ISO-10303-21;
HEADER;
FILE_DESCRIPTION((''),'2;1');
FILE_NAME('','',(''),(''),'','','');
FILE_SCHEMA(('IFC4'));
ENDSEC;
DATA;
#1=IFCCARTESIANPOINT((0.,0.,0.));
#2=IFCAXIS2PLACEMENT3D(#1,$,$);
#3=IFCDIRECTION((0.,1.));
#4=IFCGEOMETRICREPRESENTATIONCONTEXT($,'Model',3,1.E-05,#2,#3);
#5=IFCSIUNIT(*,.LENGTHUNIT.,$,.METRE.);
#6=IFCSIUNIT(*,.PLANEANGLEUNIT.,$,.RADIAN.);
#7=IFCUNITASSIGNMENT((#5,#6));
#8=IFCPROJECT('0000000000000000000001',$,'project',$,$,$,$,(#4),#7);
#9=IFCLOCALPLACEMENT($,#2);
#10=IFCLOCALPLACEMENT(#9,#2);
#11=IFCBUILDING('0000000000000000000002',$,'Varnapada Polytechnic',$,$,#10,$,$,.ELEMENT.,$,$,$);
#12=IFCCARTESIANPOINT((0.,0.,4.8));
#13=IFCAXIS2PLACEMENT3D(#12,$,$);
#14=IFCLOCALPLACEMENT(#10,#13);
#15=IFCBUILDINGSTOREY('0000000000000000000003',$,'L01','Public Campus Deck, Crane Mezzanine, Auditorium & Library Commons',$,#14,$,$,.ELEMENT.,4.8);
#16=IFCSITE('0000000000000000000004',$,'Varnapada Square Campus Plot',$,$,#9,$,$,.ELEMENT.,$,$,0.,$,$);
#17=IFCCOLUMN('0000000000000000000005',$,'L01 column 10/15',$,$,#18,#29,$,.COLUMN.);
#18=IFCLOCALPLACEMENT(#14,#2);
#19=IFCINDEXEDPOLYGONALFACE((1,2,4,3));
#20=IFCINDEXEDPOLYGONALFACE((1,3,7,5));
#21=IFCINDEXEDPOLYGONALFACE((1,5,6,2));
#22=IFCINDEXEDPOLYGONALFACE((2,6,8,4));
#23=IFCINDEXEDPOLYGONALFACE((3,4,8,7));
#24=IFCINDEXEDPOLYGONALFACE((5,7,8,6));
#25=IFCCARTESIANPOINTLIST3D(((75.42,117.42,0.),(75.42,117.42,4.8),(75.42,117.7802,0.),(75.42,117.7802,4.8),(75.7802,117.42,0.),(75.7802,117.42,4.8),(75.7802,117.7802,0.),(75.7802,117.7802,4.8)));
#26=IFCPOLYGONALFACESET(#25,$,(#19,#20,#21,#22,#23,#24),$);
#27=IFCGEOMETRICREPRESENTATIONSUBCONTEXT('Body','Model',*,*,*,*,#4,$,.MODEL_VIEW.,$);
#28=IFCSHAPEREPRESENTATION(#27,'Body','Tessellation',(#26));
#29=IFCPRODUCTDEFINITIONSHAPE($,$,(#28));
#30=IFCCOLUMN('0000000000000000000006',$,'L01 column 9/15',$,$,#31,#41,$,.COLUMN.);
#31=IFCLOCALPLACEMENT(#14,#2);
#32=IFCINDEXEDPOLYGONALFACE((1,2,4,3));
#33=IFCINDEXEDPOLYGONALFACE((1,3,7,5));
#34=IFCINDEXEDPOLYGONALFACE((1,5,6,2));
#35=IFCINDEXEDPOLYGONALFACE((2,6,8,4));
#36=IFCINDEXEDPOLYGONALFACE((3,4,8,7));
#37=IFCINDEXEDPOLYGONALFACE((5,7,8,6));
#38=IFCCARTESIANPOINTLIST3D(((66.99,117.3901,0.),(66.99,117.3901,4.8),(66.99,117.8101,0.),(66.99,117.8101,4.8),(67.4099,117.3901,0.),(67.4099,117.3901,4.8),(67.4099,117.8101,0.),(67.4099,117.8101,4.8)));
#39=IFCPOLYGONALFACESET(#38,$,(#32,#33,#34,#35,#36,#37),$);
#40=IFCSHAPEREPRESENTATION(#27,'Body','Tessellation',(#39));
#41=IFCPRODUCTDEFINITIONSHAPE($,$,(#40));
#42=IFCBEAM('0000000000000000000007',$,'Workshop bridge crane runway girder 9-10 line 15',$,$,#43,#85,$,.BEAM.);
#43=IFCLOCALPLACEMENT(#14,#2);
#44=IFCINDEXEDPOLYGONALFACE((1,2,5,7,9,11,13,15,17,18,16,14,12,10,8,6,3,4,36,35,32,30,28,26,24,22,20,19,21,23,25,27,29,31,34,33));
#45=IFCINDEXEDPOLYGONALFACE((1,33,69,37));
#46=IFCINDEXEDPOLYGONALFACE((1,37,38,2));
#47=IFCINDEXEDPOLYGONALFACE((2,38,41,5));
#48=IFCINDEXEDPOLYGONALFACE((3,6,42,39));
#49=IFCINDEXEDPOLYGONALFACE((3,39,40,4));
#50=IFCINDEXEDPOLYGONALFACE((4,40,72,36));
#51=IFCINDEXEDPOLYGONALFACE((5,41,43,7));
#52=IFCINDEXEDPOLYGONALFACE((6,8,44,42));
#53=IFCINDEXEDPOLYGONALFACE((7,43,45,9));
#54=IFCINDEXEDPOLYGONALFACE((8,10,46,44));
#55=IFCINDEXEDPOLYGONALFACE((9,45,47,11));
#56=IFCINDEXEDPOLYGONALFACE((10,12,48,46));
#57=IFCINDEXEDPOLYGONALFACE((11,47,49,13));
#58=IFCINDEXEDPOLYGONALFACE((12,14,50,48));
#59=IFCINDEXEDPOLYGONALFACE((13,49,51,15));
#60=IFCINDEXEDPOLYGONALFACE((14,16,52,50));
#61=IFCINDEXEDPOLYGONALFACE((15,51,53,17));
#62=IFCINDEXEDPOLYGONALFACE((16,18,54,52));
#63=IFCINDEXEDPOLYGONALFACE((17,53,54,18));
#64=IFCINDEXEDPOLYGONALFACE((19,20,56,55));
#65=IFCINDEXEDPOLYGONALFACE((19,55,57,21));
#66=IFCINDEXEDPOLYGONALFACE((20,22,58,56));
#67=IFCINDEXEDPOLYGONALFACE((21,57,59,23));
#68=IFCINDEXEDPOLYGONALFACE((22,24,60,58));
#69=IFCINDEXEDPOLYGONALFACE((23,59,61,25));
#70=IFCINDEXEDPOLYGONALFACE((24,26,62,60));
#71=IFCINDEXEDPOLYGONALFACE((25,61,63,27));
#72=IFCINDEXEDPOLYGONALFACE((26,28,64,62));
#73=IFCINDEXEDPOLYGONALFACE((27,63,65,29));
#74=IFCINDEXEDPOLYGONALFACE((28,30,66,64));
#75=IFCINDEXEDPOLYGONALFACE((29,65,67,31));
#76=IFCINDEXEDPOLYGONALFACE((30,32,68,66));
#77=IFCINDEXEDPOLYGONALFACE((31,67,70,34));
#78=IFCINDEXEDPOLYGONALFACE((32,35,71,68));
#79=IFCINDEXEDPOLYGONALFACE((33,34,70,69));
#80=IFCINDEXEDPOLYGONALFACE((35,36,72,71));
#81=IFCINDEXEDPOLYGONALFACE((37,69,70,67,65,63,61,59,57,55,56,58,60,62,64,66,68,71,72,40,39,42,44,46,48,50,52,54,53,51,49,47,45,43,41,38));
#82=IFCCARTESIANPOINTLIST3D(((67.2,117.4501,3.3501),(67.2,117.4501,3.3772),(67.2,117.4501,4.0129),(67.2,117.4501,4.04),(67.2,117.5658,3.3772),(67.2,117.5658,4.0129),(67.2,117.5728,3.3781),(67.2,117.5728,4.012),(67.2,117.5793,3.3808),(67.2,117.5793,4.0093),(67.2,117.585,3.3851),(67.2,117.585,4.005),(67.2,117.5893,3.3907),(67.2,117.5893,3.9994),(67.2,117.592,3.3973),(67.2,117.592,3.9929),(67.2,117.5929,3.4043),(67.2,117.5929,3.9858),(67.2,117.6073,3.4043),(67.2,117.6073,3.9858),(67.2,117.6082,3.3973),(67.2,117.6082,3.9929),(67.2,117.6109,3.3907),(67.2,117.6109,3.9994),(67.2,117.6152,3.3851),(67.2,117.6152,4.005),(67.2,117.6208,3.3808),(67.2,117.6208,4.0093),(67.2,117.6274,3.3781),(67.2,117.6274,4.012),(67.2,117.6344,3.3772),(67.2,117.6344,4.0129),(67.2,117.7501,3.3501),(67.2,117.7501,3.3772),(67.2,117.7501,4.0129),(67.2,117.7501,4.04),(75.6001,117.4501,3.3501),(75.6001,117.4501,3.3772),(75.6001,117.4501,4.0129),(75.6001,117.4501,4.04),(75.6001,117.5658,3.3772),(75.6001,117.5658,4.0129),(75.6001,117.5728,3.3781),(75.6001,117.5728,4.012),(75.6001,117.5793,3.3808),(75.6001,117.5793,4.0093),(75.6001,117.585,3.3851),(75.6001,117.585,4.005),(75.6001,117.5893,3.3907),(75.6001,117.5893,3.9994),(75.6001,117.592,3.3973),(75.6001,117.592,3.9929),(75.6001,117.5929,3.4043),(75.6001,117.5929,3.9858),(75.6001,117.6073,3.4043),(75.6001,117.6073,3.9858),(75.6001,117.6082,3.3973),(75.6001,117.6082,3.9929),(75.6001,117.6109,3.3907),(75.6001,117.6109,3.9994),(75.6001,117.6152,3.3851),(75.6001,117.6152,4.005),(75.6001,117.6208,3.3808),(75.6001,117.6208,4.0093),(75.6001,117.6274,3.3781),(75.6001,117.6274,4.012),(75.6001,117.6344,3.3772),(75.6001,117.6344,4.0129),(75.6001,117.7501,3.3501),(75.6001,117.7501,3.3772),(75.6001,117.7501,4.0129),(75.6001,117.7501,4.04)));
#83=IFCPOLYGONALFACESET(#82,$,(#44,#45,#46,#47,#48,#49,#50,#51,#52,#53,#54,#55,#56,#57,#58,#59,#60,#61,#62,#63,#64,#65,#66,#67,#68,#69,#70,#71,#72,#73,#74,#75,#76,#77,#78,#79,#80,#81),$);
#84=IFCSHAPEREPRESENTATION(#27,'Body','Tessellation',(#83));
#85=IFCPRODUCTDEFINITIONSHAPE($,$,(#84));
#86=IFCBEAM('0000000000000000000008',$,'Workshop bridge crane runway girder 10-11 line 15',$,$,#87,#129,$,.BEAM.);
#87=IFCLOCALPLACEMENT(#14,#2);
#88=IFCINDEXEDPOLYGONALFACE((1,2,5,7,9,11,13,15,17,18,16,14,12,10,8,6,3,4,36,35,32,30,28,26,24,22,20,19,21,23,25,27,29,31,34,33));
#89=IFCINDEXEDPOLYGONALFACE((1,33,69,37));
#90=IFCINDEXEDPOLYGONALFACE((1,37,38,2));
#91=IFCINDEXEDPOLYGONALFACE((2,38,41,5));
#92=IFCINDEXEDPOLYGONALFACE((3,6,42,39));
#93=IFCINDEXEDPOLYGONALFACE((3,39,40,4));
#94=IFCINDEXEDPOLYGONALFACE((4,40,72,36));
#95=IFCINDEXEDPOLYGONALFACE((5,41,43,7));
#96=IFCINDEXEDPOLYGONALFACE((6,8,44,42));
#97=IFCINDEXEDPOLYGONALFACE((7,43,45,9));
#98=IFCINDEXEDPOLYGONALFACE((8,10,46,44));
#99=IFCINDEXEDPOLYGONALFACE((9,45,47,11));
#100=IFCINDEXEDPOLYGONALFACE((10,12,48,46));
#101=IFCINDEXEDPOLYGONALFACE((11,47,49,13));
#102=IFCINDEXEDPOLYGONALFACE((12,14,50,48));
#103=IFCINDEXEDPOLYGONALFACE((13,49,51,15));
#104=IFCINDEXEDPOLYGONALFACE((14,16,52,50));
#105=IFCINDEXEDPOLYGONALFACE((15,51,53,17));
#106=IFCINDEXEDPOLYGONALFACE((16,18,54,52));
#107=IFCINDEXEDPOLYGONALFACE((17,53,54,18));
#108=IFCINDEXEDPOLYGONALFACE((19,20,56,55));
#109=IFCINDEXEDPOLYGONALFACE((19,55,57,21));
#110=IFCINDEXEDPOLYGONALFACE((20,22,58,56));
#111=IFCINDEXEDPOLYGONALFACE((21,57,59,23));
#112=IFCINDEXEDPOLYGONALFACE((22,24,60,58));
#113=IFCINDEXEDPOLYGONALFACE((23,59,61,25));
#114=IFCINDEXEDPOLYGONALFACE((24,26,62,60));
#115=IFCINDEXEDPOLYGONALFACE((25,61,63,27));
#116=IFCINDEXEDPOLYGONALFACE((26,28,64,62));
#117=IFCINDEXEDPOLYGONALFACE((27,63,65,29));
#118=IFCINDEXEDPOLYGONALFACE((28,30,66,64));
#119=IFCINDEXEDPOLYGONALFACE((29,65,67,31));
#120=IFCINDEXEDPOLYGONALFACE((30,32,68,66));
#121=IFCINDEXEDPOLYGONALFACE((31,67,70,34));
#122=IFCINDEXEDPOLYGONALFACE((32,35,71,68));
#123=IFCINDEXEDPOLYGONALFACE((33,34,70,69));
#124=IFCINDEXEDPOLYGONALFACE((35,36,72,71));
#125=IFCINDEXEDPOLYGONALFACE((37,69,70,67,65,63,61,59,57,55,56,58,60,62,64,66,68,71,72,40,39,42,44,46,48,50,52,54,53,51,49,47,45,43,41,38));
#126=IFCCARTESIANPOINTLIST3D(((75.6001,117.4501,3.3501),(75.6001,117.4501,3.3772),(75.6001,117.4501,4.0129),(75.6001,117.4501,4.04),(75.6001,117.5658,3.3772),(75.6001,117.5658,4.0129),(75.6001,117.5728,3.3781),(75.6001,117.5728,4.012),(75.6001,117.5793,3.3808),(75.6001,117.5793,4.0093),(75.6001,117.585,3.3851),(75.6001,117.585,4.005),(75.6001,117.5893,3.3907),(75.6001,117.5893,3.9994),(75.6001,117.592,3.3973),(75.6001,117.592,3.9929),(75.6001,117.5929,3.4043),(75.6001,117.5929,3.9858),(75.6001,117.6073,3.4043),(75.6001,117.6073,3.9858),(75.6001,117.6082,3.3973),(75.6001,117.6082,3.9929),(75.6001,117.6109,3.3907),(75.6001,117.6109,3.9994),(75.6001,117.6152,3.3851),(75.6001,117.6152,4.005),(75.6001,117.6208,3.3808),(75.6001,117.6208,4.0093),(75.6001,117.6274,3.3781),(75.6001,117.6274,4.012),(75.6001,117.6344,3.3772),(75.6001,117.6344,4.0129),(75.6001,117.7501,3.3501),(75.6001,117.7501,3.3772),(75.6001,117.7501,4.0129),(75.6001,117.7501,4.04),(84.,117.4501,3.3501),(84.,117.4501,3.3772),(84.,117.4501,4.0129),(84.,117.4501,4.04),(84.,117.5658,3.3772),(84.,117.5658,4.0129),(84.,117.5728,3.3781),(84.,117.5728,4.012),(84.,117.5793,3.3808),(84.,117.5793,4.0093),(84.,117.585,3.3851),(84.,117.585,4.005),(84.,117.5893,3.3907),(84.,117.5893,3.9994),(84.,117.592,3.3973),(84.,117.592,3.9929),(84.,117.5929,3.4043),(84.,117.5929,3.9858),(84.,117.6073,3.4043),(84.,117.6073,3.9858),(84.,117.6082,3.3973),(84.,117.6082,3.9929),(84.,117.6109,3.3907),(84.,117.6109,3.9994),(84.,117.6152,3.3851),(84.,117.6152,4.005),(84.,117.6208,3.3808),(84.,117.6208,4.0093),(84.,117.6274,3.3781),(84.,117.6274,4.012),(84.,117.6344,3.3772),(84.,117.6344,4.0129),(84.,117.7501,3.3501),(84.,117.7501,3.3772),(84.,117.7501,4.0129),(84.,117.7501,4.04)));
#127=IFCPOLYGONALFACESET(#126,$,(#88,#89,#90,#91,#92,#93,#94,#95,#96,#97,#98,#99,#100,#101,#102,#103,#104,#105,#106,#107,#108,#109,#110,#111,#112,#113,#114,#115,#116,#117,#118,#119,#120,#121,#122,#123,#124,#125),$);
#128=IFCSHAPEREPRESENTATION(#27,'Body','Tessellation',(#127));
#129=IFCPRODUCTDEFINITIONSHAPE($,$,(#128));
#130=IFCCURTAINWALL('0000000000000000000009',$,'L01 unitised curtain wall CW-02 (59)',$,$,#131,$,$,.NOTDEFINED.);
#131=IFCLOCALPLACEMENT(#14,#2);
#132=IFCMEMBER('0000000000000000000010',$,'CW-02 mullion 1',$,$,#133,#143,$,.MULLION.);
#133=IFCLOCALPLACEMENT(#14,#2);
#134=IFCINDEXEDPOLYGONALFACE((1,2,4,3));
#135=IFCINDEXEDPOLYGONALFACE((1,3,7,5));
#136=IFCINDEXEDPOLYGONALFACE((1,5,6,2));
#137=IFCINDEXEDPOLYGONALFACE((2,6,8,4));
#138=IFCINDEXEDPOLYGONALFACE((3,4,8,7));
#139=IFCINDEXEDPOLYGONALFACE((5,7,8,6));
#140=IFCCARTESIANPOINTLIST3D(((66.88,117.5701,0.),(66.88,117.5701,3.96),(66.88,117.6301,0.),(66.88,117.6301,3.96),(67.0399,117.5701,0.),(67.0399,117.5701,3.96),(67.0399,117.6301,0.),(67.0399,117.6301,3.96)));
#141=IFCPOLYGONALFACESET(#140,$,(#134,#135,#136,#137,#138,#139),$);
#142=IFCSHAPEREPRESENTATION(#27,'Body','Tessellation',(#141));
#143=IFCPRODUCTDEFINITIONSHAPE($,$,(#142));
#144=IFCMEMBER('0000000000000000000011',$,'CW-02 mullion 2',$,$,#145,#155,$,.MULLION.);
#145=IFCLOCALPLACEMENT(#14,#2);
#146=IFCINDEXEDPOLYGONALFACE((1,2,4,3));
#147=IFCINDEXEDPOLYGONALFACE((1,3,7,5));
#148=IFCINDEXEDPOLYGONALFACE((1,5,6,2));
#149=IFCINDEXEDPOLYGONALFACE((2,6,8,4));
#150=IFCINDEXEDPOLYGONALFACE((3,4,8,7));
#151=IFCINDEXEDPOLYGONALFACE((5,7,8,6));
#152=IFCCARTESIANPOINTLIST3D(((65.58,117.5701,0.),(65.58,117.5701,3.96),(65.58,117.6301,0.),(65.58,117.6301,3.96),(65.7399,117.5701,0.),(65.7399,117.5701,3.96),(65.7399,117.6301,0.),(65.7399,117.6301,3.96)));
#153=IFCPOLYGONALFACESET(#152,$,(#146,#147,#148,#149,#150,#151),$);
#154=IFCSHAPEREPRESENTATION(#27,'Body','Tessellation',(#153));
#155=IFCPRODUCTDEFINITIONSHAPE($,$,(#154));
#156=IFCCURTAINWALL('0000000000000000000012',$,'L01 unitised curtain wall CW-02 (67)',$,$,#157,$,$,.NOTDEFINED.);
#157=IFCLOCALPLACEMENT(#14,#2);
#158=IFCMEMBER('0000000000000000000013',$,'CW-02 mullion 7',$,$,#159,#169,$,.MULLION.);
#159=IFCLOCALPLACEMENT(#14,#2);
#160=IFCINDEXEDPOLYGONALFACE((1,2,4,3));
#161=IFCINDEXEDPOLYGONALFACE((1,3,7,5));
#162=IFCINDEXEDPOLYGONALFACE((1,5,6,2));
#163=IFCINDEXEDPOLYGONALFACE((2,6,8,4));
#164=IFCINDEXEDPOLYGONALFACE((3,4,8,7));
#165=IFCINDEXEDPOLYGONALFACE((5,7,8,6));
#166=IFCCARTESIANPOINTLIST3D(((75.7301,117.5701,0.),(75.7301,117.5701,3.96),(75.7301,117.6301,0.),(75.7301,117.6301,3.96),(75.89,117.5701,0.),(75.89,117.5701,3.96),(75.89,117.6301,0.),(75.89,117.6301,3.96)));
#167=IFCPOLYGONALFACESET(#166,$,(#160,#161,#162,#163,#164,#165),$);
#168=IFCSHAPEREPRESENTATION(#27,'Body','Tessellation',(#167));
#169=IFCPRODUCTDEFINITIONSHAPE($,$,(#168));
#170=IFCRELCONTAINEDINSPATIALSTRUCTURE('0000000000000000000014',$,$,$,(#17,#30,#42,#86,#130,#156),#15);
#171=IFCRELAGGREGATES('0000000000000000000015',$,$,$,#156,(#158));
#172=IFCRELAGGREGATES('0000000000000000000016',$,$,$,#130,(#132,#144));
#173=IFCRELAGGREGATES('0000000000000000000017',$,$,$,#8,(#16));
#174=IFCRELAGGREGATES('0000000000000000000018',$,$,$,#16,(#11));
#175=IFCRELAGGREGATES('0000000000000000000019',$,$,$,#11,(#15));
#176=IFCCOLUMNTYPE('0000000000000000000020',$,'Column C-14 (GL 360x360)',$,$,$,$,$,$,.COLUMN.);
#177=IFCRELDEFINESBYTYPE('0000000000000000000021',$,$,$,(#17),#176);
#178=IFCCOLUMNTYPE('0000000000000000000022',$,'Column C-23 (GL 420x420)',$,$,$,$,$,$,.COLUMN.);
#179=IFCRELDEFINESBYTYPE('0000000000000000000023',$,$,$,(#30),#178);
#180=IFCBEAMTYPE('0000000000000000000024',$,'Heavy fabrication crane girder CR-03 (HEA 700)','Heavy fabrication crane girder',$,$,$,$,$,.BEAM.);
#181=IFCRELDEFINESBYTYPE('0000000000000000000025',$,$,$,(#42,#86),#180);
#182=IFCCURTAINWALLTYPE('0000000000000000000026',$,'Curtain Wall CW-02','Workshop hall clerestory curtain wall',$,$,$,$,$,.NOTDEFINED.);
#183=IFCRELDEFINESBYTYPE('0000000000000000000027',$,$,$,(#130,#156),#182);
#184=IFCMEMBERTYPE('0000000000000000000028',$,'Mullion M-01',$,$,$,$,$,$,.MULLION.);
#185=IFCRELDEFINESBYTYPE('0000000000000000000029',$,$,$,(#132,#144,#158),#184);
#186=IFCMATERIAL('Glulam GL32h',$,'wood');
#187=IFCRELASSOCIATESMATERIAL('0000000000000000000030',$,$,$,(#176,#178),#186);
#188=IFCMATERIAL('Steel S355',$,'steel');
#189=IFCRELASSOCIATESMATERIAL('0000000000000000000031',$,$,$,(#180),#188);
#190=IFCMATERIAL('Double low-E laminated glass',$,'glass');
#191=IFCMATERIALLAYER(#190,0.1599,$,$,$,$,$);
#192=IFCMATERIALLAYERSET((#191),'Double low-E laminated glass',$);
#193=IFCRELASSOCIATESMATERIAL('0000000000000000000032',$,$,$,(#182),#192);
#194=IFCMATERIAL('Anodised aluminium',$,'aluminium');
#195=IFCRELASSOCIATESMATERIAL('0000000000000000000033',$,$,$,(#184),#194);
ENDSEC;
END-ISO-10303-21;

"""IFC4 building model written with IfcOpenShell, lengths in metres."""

from ifc_helpers import new_model, si_unit, direction, frame, origin, origin_2d, place, context, subcontext, project, spatial, rectangle, i_section, extrude, material, layer, layer_set, material_profile, profile_set, type_object, element, aggregate, save


model = new_model("IFC4")

# Units and contexts
model_context = context("Model", 3, precision=1e-05, world=origin(), true_north=direction((0.0, 1.0)))
body_context = subcontext(model_context, "Body", "Model", "MODEL_VIEW")
ifc_project = project(units=[si_unit("LENGTHUNIT", "METRE"), si_unit("PLANEANGLEUNIT", "RADIAN")], contexts=[model_context])

# Site, building, storey
site_placement = place(None, origin())
site = spatial("IfcSite", under=ifc_project, at=site_placement, Name="Varnapada Square Campus Plot", CompositionType="ELEMENT", RefElevation=0.0)
building_placement = place(site_placement, origin())
building = spatial("IfcBuilding", under=site, at=building_placement, Name="Varnapada Polytechnic", CompositionType="ELEMENT")
storey_placement = place(building_placement, frame((0.0, 0.0, 4.8)))
storey = spatial("IfcBuildingStorey", under=building, at=storey_placement, Name="L01", Description="Public Campus Deck, Crane Mezzanine, Auditorium & Library Commons", CompositionType="ELEMENT", Elevation=4.8)

# Columns
ifc_material_1 = material(Name="Glulam GL32h", Category="wood")
ifc_material_profile_1 = material_profile(ifc_material_1, rectangle(XDim=0.3601, YDim=0.3601, at=origin_2d()), Name="GL 360x360")
ifc_profile_set_1 = profile_set([ifc_material_profile_1], Name="Glulam GL32h")
column_type_1 = type_object("IfcColumnType", Name="Column C-14 (GL 360x360)", PredefinedType="COLUMN", material=ifc_profile_set_1)
column_1_placement = place(storey_placement, frame((75.6001, 117.6001, 0.0), z_axis=(0.0, 0.0, 1.0), x_axis=(1.0, 0.0, 0.0)))
element("IfcColumn", 1, at=column_1_placement, inside=storey, type_object=column_type_1, Name="L01 column 10/15", PredefinedType="COLUMN", context=body_context, shape_type="SweptSolid", body=[
    extrude(rectangle(XDim=0.3601, YDim=0.3601, at=origin_2d()), origin(), (0.0, 0.0, 1.0), 4.8),
])
ifc_material_profile_2 = material_profile(ifc_material_1, rectangle(XDim=0.4199, YDim=0.4199, at=origin_2d()), Name="GL 420x420")
ifc_profile_set_2 = profile_set([ifc_material_profile_2], Name="Glulam GL32h")
column_type_2 = type_object("IfcColumnType", Name="Column C-23 (GL 420x420)", PredefinedType="COLUMN", material=ifc_profile_set_2)
column_2_placement = place(storey_placement, frame((67.2, 117.6001, 0.0), z_axis=(0.0, 0.0, 1.0), x_axis=(1.0, 0.0, 0.0)))
element("IfcColumn", 2, at=column_2_placement, inside=storey, type_object=column_type_2, Name="L01 column 9/15", PredefinedType="COLUMN", context=body_context, shape_type="SweptSolid", body=[
    extrude(rectangle(XDim=0.4199, YDim=0.4199, at=origin_2d()), origin(), (0.0, 0.0, 1.0), 4.8),
])

# Beams
ifc_material_2 = material(Name="Steel S355", Category="steel")
ifc_material_profile_3 = material_profile(ifc_material_2, i_section(OverallWidth=0.3, OverallDepth=0.6899, WebThickness=0.0144, FlangeThickness=0.0271, FilletRadius=0.0271, at=origin_2d()), Name="HEA 700")
ifc_profile_set_3 = profile_set([ifc_material_profile_3], Name="Steel S355")
beam_type_1 = type_object("IfcBeamType", Name="Heavy fabrication crane girder CR-03 (HEA 700)", Description="Heavy fabrication crane girder", PredefinedType="BEAM", material=ifc_profile_set_3)
beam_1_placement = place(storey_placement, frame((67.2, 117.6001, 3.6951), z_axis=(1.0, 0.0, 0.0), x_axis=(0.0, 1.0, 0.0)))
element("IfcBeam", 3, at=beam_1_placement, inside=storey, type_object=beam_type_1, Name="Workshop bridge crane runway girder 9-10 line 15", PredefinedType="BEAM", context=body_context, shape_type="SweptSolid", body=[
    extrude(i_section(OverallWidth=0.3, OverallDepth=0.6899, WebThickness=0.0144, FlangeThickness=0.0271, FilletRadius=0.0271, at=origin_2d()), origin(), (0.0, 0.0, 1.0), 8.4001),
])
beam_2_placement = place(storey_placement, frame((75.6001, 117.6001, 3.6951), z_axis=(1.0, 0.0, 0.0), x_axis=(0.0, 1.0, 0.0)))
element("IfcBeam", 4, at=beam_2_placement, inside=storey, type_object=beam_type_1, Name="Workshop bridge crane runway girder 10-11 line 15", PredefinedType="BEAM", context=body_context, shape_type="SweptSolid", body=[
    extrude(i_section(OverallWidth=0.3, OverallDepth=0.6899, WebThickness=0.0144, FlangeThickness=0.0271, FilletRadius=0.0271, at=origin_2d()), origin(), (0.0, 0.0, 1.0), 8.3999),
])

# Curtain wall, members
ifc_material_3 = material(Name="Double low-E laminated glass", Category="glass")
ifc_layer_1 = layer(ifc_material_3, 0.1599)
ifc_layer_set_1 = layer_set([ifc_layer_1], Name="Double low-E laminated glass")
curtain_wall_type = type_object("IfcCurtainWallType", Name="Curtain Wall CW-02", Description="Workshop hall clerestory curtain wall", PredefinedType="NOTDEFINED", material=ifc_layer_set_1)
curtain_wall_1_placement = place(storey_placement, origin())
curtain_wall_1 = element("IfcCurtainWall", 5, at=curtain_wall_1_placement, inside=storey, type_object=curtain_wall_type, Name="L01 unitised curtain wall CW-02 (59)", PredefinedType="NOTDEFINED")
ifc_material_4 = material(Name="Anodised aluminium", Category="aluminium")
ifc_material_profile_4 = material_profile(ifc_material_4, rectangle(XDim=0.0601, YDim=0.1599, at=origin_2d()), Name="ALU M60x160")
ifc_profile_set_4 = profile_set([ifc_material_profile_4], Name="Anodised aluminium")
member_type_1 = type_object("IfcMemberType", Name="Mullion M-01", PredefinedType="MULLION", material=ifc_profile_set_4)
member_1_placement = place(storey_placement, frame((66.96, 117.6001, 0.0), z_axis=(0.0, 0.0, 1.0), x_axis=(0.0, -1.0, 0.0)))
member_1 = element("IfcMember", 6, at=member_1_placement, type_object=member_type_1, Name="CW-02 mullion 1", PredefinedType="MULLION", context=body_context, shape_type="SweptSolid", body=[
    extrude(rectangle(XDim=0.0601, YDim=0.1599, at=origin_2d()), origin(), (0.0, 0.0, 1.0), 3.96),
])
member_2_placement = place(storey_placement, frame((65.6599, 117.6001, 0.0), z_axis=(0.0, 0.0, 1.0), x_axis=(0.0, -1.0, 0.0)))
member_2 = element("IfcMember", 7, at=member_2_placement, type_object=member_type_1, Name="CW-02 mullion 2", PredefinedType="MULLION", context=body_context, shape_type="SweptSolid", body=[
    extrude(rectangle(XDim=0.0601, YDim=0.1599, at=origin_2d()), origin(), (0.0, 0.0, 1.0), 3.96),
])

# Curtain wall, member
curtain_wall_2_placement = place(storey_placement, origin())
curtain_wall_2 = element("IfcCurtainWall", 8, at=curtain_wall_2_placement, inside=storey, type_object=curtain_wall_type, Name="L01 unitised curtain wall CW-02 (67)", PredefinedType="NOTDEFINED")
member_3_placement = place(storey_placement, frame((75.8101, 117.6001, 0.0), z_axis=(0.0, 0.0, 1.0), x_axis=(0.0, -1.0, 0.0)))
member_3 = element("IfcMember", 9, at=member_3_placement, type_object=member_type_1, Name="CW-02 mullion 7", PredefinedType="MULLION", context=body_context, shape_type="SweptSolid", body=[
    extrude(rectangle(XDim=0.0601, YDim=0.1599, at=origin_2d()), origin(), (0.0, 0.0, 1.0), 3.96),
])
aggregate(curtain_wall_2, [member_3])

aggregate(curtain_wall_1, [member_1, member_2])

save(model, "model.ifc")
